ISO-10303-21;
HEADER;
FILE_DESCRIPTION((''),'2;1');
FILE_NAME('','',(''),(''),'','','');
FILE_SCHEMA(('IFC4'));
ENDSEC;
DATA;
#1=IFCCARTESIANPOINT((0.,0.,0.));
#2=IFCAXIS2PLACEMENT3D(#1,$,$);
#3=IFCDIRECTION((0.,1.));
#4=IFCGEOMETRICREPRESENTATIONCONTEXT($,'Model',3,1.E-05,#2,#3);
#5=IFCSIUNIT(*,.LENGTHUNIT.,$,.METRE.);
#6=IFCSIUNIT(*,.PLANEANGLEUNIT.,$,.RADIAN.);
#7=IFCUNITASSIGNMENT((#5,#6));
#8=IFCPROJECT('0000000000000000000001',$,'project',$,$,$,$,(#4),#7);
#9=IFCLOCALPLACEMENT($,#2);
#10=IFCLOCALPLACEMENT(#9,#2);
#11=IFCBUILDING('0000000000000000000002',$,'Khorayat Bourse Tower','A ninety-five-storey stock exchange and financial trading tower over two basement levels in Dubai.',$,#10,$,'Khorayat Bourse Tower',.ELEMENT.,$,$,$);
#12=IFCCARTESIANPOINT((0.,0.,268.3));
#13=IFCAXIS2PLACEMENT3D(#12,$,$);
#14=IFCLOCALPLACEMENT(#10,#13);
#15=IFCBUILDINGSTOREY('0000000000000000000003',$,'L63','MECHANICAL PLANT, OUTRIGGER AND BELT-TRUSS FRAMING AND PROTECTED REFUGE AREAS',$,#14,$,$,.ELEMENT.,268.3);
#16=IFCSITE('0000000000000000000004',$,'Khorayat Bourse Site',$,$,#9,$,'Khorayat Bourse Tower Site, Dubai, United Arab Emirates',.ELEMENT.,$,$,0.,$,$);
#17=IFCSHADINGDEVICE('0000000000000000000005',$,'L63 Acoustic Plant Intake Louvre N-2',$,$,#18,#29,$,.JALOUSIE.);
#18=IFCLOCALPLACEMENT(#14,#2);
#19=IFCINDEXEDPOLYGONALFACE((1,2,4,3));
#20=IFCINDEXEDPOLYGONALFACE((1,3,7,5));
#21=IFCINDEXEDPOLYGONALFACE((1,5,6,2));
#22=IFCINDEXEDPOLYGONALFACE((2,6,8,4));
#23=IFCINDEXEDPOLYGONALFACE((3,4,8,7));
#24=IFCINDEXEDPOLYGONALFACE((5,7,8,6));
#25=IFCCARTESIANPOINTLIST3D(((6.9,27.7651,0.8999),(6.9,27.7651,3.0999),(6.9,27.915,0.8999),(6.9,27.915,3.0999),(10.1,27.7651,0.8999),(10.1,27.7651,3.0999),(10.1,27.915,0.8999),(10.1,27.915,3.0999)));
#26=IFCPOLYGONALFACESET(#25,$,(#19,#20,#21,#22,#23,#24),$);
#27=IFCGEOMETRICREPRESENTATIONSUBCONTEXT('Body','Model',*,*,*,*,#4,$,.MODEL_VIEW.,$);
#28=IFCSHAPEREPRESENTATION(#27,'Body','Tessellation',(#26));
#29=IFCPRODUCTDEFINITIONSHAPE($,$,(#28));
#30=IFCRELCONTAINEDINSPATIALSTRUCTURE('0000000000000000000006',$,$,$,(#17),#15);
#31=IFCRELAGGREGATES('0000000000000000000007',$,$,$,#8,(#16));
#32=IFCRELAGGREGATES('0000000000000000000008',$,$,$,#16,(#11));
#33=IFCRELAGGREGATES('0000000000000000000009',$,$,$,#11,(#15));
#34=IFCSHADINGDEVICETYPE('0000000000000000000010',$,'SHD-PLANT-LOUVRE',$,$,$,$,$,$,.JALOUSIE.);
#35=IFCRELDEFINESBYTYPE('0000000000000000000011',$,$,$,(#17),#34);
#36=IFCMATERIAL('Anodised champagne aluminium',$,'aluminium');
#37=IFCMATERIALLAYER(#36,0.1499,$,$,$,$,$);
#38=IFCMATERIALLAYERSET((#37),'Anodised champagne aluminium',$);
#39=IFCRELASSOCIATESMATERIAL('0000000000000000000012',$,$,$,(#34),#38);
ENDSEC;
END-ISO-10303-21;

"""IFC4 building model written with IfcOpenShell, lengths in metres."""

from ifc_helpers import new_model, si_unit, direction, frame, origin, origin_2d, place, context, subcontext, project, spatial, rectangle, extrude, source, transform, mapped, material, layer, layer_set, type_object, element, save


model = new_model("IFC4")

# Units and contexts
model_context = context("Model", 3, precision=1e-05, world=origin(), true_north=direction((0.0, 1.0)))
body_context = subcontext(model_context, "Body", "Model", "MODEL_VIEW")
ifc_project = project(units=[si_unit("LENGTHUNIT", "METRE"), si_unit("PLANEANGLEUNIT", "RADIAN")], contexts=[model_context])

# Site, building, storey
site_placement = place(None, origin())
site = spatial("IfcSite", under=ifc_project, at=site_placement, Name="Khorayat Bourse Site", LongName="Khorayat Bourse Tower Site, Dubai, United Arab Emirates", CompositionType="ELEMENT", RefElevation=0.0)
building_placement = place(site_placement, origin())
building = spatial("IfcBuilding", under=site, at=building_placement, Name="Khorayat Bourse Tower", Description="A ninety-five-storey stock exchange and financial trading tower over two basement levels in Dubai.", LongName="Khorayat Bourse Tower", CompositionType="ELEMENT")
storey_placement = place(building_placement, frame((0.0, 0.0, 268.3)))
storey = spatial("IfcBuildingStorey", under=building, at=storey_placement, Name="L63", Description="MECHANICAL PLANT, OUTRIGGER AND BELT-TRUSS FRAMING AND PROTECTED REFUGE AREAS", CompositionType="ELEMENT", Elevation=268.3)

# Shading device
ifc_material_1 = material(Name="Anodised champagne aluminium", Category="aluminium")
ifc_layer_1 = layer(ifc_material_1, 0.1499)
ifc_layer_set_1 = layer_set([ifc_layer_1], Name="Anodised champagne aluminium")
shading_device_type = type_object("IfcShadingDeviceType", Name="SHD-PLANT-LOUVRE", PredefinedType="JALOUSIE", material=ifc_layer_set_1)
shared_shape_1 = source(origin(), body_context, "Body", "SweptSolid", [
    extrude(rectangle(XDim=3.2, YDim=0.1499, at=origin_2d()), origin(), (0.0, 0.0, 1.0), 2.2),
])
shading_device_placement = place(storey_placement, frame((8.5, 27.8401, 0.8999), z_axis=(0.0, 0.0, 1.0), x_axis=(1.0, 0.0, 0.0)))
element("IfcShadingDevice", 1, at=shading_device_placement, inside=storey, type_object=shading_device_type, Name="L63 Acoustic Plant Intake Louvre N-2", PredefinedType="JALOUSIE", context=body_context, shape_type="MappedRepresentation", body=[
    mapped(shared_shape_1, transform((0.0, 0.0, 0.0), scale=1.0)),
])

save(model, "model.ifc")
